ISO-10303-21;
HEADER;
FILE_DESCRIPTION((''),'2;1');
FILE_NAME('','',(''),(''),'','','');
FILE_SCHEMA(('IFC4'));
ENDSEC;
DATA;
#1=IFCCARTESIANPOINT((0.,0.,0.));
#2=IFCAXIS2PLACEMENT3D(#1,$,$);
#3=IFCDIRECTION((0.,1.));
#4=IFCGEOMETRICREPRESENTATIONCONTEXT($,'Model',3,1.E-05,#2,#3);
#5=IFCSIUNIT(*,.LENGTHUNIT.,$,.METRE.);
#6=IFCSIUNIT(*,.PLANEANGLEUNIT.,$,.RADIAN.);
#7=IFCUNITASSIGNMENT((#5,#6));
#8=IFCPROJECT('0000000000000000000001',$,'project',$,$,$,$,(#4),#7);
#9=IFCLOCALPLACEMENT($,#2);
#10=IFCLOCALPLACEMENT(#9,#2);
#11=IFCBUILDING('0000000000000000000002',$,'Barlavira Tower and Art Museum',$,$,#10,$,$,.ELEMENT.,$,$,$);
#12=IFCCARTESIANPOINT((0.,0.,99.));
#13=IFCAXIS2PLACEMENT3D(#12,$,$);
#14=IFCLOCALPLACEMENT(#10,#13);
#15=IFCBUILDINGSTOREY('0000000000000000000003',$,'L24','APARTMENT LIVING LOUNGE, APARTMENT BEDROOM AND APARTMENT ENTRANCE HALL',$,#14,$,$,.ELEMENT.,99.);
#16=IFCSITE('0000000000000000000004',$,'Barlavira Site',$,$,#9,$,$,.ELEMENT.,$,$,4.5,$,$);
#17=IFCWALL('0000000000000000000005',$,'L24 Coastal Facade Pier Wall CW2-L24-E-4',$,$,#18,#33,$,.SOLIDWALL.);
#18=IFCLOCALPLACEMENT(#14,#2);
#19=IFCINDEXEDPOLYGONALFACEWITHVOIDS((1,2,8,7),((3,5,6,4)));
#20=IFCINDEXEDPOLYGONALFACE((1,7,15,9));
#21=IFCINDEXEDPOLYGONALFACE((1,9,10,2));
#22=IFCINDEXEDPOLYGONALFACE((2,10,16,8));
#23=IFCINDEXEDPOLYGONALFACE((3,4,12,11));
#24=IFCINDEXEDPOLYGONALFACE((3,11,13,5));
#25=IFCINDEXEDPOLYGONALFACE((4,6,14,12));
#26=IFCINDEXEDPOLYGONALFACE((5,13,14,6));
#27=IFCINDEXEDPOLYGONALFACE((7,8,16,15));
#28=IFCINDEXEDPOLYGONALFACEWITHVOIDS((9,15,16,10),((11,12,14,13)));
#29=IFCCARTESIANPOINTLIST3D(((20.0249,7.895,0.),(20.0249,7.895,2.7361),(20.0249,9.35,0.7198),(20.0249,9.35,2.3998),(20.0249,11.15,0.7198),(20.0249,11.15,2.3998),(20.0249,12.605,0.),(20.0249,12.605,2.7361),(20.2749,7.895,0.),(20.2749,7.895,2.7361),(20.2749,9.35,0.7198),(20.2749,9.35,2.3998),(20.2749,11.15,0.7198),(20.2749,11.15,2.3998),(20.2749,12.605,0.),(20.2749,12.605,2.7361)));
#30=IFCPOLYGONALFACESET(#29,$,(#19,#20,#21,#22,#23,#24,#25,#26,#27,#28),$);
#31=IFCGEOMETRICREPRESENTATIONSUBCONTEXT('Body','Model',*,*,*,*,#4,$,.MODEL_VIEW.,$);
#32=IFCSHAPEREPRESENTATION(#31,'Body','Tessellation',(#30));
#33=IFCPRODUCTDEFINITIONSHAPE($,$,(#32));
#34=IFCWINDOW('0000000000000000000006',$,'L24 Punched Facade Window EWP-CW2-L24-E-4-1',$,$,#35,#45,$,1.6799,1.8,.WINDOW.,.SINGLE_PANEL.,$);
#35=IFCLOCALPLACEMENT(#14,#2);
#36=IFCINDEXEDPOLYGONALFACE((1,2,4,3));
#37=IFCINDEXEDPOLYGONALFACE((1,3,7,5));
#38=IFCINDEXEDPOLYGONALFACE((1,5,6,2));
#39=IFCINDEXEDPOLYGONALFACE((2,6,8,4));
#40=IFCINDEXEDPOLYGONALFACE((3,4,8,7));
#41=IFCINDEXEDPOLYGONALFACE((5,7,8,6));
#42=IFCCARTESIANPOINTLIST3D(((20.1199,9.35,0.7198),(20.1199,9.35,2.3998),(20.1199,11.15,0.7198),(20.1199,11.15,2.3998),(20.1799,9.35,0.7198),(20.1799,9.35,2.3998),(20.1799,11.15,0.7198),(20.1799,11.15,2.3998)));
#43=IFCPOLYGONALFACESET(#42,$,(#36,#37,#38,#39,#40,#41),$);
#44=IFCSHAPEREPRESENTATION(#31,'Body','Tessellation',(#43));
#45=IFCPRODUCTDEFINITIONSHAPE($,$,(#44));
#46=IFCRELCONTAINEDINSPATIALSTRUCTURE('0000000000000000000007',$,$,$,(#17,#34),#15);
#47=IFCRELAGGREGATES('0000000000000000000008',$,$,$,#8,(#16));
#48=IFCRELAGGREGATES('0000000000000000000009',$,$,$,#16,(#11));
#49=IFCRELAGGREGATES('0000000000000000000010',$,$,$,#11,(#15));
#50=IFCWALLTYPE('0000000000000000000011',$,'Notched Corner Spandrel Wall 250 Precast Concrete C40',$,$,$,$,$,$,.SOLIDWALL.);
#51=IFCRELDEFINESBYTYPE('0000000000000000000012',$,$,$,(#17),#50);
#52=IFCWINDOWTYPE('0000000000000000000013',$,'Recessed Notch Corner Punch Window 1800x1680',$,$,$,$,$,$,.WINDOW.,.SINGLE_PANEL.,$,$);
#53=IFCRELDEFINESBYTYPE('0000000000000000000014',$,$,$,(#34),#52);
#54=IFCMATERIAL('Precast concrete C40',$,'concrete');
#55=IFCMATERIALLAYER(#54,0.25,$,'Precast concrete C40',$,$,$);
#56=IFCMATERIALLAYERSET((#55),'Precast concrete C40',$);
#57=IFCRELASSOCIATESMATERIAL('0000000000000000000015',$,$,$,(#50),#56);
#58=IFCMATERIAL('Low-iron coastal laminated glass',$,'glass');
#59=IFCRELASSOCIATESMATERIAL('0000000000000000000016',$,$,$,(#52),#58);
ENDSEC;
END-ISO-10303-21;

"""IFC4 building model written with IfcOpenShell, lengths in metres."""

from ifc_helpers import new_model, si_unit, direction, frame, frame_2d, origin, place, context, subcontext, project, spatial, rectangle, extrude, material, layer, layer_set, type_object, element, fill, save


model = new_model("IFC4")

# Units and contexts
model_context = context("Model", 3, precision=1e-05, world=origin(), true_north=direction((0.0, 1.0)))
body_context = subcontext(model_context, "Body", "Model", "MODEL_VIEW")
ifc_project = project(units=[si_unit("LENGTHUNIT", "METRE"), si_unit("PLANEANGLEUNIT", "RADIAN")], contexts=[model_context])

# Site, building, storey
site_placement = place(None, origin())
site = spatial("IfcSite", under=ifc_project, at=site_placement, Name="Barlavira Site", CompositionType="ELEMENT", RefElevation=4.5)
building_placement = place(site_placement, origin())
building = spatial("IfcBuilding", under=site, at=building_placement, Name="Barlavira Tower and Art Museum", CompositionType="ELEMENT")
storey_placement = place(building_placement, frame((0.0, 0.0, 99.0)))
storey = spatial("IfcBuildingStorey", under=building, at=storey_placement, Name="L24", Description="APARTMENT LIVING LOUNGE, APARTMENT BEDROOM AND APARTMENT ENTRANCE HALL", CompositionType="ELEMENT", Elevation=99.0)

# Shared definitions
ifc_material_1 = material(Name="Low-iron coastal laminated glass", Category="glass")

# Wall, opening, window
ifc_material_2 = material(Name="Precast concrete C40", Category="concrete")
ifc_layer_1 = layer(ifc_material_2, 0.25, Name="Precast concrete C40")
ifc_layer_set_1 = layer_set([ifc_layer_1], Name="Precast concrete C40")
wall_type_1 = type_object("IfcWallType", Name="Notched Corner Spandrel Wall 250 Precast Concrete C40", PredefinedType="SOLIDWALL", material=ifc_layer_set_1)
wall_1_placement = place(storey_placement, frame((20.1499, 7.895, 0.0), z_axis=(0.0, 0.0, 1.0), x_axis=(0.0, 1.0, 0.0)))
wall_1 = element("IfcWall", 1, at=wall_1_placement, inside=storey, type_object=wall_type_1, Name="L24 Coastal Facade Pier Wall CW2-L24-E-4", PredefinedType="SOLIDWALL", context=body_context, shape_type="SweptSolid", body=[
    extrude(rectangle(XDim=4.71, YDim=0.25, at=frame_2d((2.355, 0.0))), origin(), (0.0, 0.0, 1.0), 2.7361),
])
opening_1_placement = place(wall_1_placement, frame((1.4551, 0.0, 0.72)))
opening_1 = element("IfcOpeningElement", 2, at=opening_1_placement, cuts=wall_1, PredefinedType="OPENING", context=body_context, shape_type="SweptSolid", body=[
    extrude(rectangle(XDim=1.8, YDim=1.6799, at=frame_2d((0.8999, 0.8398))), frame((0.0, 0.135, 0.0), z_axis=(0.0, -1.0, 0.0), x_axis=(1.0, 0.0, 0.0)), (0.0, 0.0, 1.0), 0.27),
])
window_type = type_object("IfcWindowType", Name="Recessed Notch Corner Punch Window 1800x1680", PartitioningType="SINGLE_PANEL", PredefinedType="WINDOW", material=ifc_material_1)
window_placement = place(opening_1_placement, origin())
window = element("IfcWindow", 3, at=window_placement, inside=storey, type_object=window_type, Name="L24 Punched Facade Window EWP-CW2-L24-E-4-1", OverallHeight=1.6799, OverallWidth=1.8, PartitioningType="SINGLE_PANEL", PredefinedType="WINDOW", context=body_context, shape_type="SweptSolid", body=[
    extrude(rectangle(XDim=1.8, YDim=1.6799, at=frame_2d((0.8999, 0.8398))), frame((0.0, 0.03, 0.0), z_axis=(0.0, -1.0, 0.0), x_axis=(1.0, 0.0, 0.0)), (0.0, 0.0, 1.0), 0.0601),
])
fill(opening_1, window)

save(model, "model.ifc")
